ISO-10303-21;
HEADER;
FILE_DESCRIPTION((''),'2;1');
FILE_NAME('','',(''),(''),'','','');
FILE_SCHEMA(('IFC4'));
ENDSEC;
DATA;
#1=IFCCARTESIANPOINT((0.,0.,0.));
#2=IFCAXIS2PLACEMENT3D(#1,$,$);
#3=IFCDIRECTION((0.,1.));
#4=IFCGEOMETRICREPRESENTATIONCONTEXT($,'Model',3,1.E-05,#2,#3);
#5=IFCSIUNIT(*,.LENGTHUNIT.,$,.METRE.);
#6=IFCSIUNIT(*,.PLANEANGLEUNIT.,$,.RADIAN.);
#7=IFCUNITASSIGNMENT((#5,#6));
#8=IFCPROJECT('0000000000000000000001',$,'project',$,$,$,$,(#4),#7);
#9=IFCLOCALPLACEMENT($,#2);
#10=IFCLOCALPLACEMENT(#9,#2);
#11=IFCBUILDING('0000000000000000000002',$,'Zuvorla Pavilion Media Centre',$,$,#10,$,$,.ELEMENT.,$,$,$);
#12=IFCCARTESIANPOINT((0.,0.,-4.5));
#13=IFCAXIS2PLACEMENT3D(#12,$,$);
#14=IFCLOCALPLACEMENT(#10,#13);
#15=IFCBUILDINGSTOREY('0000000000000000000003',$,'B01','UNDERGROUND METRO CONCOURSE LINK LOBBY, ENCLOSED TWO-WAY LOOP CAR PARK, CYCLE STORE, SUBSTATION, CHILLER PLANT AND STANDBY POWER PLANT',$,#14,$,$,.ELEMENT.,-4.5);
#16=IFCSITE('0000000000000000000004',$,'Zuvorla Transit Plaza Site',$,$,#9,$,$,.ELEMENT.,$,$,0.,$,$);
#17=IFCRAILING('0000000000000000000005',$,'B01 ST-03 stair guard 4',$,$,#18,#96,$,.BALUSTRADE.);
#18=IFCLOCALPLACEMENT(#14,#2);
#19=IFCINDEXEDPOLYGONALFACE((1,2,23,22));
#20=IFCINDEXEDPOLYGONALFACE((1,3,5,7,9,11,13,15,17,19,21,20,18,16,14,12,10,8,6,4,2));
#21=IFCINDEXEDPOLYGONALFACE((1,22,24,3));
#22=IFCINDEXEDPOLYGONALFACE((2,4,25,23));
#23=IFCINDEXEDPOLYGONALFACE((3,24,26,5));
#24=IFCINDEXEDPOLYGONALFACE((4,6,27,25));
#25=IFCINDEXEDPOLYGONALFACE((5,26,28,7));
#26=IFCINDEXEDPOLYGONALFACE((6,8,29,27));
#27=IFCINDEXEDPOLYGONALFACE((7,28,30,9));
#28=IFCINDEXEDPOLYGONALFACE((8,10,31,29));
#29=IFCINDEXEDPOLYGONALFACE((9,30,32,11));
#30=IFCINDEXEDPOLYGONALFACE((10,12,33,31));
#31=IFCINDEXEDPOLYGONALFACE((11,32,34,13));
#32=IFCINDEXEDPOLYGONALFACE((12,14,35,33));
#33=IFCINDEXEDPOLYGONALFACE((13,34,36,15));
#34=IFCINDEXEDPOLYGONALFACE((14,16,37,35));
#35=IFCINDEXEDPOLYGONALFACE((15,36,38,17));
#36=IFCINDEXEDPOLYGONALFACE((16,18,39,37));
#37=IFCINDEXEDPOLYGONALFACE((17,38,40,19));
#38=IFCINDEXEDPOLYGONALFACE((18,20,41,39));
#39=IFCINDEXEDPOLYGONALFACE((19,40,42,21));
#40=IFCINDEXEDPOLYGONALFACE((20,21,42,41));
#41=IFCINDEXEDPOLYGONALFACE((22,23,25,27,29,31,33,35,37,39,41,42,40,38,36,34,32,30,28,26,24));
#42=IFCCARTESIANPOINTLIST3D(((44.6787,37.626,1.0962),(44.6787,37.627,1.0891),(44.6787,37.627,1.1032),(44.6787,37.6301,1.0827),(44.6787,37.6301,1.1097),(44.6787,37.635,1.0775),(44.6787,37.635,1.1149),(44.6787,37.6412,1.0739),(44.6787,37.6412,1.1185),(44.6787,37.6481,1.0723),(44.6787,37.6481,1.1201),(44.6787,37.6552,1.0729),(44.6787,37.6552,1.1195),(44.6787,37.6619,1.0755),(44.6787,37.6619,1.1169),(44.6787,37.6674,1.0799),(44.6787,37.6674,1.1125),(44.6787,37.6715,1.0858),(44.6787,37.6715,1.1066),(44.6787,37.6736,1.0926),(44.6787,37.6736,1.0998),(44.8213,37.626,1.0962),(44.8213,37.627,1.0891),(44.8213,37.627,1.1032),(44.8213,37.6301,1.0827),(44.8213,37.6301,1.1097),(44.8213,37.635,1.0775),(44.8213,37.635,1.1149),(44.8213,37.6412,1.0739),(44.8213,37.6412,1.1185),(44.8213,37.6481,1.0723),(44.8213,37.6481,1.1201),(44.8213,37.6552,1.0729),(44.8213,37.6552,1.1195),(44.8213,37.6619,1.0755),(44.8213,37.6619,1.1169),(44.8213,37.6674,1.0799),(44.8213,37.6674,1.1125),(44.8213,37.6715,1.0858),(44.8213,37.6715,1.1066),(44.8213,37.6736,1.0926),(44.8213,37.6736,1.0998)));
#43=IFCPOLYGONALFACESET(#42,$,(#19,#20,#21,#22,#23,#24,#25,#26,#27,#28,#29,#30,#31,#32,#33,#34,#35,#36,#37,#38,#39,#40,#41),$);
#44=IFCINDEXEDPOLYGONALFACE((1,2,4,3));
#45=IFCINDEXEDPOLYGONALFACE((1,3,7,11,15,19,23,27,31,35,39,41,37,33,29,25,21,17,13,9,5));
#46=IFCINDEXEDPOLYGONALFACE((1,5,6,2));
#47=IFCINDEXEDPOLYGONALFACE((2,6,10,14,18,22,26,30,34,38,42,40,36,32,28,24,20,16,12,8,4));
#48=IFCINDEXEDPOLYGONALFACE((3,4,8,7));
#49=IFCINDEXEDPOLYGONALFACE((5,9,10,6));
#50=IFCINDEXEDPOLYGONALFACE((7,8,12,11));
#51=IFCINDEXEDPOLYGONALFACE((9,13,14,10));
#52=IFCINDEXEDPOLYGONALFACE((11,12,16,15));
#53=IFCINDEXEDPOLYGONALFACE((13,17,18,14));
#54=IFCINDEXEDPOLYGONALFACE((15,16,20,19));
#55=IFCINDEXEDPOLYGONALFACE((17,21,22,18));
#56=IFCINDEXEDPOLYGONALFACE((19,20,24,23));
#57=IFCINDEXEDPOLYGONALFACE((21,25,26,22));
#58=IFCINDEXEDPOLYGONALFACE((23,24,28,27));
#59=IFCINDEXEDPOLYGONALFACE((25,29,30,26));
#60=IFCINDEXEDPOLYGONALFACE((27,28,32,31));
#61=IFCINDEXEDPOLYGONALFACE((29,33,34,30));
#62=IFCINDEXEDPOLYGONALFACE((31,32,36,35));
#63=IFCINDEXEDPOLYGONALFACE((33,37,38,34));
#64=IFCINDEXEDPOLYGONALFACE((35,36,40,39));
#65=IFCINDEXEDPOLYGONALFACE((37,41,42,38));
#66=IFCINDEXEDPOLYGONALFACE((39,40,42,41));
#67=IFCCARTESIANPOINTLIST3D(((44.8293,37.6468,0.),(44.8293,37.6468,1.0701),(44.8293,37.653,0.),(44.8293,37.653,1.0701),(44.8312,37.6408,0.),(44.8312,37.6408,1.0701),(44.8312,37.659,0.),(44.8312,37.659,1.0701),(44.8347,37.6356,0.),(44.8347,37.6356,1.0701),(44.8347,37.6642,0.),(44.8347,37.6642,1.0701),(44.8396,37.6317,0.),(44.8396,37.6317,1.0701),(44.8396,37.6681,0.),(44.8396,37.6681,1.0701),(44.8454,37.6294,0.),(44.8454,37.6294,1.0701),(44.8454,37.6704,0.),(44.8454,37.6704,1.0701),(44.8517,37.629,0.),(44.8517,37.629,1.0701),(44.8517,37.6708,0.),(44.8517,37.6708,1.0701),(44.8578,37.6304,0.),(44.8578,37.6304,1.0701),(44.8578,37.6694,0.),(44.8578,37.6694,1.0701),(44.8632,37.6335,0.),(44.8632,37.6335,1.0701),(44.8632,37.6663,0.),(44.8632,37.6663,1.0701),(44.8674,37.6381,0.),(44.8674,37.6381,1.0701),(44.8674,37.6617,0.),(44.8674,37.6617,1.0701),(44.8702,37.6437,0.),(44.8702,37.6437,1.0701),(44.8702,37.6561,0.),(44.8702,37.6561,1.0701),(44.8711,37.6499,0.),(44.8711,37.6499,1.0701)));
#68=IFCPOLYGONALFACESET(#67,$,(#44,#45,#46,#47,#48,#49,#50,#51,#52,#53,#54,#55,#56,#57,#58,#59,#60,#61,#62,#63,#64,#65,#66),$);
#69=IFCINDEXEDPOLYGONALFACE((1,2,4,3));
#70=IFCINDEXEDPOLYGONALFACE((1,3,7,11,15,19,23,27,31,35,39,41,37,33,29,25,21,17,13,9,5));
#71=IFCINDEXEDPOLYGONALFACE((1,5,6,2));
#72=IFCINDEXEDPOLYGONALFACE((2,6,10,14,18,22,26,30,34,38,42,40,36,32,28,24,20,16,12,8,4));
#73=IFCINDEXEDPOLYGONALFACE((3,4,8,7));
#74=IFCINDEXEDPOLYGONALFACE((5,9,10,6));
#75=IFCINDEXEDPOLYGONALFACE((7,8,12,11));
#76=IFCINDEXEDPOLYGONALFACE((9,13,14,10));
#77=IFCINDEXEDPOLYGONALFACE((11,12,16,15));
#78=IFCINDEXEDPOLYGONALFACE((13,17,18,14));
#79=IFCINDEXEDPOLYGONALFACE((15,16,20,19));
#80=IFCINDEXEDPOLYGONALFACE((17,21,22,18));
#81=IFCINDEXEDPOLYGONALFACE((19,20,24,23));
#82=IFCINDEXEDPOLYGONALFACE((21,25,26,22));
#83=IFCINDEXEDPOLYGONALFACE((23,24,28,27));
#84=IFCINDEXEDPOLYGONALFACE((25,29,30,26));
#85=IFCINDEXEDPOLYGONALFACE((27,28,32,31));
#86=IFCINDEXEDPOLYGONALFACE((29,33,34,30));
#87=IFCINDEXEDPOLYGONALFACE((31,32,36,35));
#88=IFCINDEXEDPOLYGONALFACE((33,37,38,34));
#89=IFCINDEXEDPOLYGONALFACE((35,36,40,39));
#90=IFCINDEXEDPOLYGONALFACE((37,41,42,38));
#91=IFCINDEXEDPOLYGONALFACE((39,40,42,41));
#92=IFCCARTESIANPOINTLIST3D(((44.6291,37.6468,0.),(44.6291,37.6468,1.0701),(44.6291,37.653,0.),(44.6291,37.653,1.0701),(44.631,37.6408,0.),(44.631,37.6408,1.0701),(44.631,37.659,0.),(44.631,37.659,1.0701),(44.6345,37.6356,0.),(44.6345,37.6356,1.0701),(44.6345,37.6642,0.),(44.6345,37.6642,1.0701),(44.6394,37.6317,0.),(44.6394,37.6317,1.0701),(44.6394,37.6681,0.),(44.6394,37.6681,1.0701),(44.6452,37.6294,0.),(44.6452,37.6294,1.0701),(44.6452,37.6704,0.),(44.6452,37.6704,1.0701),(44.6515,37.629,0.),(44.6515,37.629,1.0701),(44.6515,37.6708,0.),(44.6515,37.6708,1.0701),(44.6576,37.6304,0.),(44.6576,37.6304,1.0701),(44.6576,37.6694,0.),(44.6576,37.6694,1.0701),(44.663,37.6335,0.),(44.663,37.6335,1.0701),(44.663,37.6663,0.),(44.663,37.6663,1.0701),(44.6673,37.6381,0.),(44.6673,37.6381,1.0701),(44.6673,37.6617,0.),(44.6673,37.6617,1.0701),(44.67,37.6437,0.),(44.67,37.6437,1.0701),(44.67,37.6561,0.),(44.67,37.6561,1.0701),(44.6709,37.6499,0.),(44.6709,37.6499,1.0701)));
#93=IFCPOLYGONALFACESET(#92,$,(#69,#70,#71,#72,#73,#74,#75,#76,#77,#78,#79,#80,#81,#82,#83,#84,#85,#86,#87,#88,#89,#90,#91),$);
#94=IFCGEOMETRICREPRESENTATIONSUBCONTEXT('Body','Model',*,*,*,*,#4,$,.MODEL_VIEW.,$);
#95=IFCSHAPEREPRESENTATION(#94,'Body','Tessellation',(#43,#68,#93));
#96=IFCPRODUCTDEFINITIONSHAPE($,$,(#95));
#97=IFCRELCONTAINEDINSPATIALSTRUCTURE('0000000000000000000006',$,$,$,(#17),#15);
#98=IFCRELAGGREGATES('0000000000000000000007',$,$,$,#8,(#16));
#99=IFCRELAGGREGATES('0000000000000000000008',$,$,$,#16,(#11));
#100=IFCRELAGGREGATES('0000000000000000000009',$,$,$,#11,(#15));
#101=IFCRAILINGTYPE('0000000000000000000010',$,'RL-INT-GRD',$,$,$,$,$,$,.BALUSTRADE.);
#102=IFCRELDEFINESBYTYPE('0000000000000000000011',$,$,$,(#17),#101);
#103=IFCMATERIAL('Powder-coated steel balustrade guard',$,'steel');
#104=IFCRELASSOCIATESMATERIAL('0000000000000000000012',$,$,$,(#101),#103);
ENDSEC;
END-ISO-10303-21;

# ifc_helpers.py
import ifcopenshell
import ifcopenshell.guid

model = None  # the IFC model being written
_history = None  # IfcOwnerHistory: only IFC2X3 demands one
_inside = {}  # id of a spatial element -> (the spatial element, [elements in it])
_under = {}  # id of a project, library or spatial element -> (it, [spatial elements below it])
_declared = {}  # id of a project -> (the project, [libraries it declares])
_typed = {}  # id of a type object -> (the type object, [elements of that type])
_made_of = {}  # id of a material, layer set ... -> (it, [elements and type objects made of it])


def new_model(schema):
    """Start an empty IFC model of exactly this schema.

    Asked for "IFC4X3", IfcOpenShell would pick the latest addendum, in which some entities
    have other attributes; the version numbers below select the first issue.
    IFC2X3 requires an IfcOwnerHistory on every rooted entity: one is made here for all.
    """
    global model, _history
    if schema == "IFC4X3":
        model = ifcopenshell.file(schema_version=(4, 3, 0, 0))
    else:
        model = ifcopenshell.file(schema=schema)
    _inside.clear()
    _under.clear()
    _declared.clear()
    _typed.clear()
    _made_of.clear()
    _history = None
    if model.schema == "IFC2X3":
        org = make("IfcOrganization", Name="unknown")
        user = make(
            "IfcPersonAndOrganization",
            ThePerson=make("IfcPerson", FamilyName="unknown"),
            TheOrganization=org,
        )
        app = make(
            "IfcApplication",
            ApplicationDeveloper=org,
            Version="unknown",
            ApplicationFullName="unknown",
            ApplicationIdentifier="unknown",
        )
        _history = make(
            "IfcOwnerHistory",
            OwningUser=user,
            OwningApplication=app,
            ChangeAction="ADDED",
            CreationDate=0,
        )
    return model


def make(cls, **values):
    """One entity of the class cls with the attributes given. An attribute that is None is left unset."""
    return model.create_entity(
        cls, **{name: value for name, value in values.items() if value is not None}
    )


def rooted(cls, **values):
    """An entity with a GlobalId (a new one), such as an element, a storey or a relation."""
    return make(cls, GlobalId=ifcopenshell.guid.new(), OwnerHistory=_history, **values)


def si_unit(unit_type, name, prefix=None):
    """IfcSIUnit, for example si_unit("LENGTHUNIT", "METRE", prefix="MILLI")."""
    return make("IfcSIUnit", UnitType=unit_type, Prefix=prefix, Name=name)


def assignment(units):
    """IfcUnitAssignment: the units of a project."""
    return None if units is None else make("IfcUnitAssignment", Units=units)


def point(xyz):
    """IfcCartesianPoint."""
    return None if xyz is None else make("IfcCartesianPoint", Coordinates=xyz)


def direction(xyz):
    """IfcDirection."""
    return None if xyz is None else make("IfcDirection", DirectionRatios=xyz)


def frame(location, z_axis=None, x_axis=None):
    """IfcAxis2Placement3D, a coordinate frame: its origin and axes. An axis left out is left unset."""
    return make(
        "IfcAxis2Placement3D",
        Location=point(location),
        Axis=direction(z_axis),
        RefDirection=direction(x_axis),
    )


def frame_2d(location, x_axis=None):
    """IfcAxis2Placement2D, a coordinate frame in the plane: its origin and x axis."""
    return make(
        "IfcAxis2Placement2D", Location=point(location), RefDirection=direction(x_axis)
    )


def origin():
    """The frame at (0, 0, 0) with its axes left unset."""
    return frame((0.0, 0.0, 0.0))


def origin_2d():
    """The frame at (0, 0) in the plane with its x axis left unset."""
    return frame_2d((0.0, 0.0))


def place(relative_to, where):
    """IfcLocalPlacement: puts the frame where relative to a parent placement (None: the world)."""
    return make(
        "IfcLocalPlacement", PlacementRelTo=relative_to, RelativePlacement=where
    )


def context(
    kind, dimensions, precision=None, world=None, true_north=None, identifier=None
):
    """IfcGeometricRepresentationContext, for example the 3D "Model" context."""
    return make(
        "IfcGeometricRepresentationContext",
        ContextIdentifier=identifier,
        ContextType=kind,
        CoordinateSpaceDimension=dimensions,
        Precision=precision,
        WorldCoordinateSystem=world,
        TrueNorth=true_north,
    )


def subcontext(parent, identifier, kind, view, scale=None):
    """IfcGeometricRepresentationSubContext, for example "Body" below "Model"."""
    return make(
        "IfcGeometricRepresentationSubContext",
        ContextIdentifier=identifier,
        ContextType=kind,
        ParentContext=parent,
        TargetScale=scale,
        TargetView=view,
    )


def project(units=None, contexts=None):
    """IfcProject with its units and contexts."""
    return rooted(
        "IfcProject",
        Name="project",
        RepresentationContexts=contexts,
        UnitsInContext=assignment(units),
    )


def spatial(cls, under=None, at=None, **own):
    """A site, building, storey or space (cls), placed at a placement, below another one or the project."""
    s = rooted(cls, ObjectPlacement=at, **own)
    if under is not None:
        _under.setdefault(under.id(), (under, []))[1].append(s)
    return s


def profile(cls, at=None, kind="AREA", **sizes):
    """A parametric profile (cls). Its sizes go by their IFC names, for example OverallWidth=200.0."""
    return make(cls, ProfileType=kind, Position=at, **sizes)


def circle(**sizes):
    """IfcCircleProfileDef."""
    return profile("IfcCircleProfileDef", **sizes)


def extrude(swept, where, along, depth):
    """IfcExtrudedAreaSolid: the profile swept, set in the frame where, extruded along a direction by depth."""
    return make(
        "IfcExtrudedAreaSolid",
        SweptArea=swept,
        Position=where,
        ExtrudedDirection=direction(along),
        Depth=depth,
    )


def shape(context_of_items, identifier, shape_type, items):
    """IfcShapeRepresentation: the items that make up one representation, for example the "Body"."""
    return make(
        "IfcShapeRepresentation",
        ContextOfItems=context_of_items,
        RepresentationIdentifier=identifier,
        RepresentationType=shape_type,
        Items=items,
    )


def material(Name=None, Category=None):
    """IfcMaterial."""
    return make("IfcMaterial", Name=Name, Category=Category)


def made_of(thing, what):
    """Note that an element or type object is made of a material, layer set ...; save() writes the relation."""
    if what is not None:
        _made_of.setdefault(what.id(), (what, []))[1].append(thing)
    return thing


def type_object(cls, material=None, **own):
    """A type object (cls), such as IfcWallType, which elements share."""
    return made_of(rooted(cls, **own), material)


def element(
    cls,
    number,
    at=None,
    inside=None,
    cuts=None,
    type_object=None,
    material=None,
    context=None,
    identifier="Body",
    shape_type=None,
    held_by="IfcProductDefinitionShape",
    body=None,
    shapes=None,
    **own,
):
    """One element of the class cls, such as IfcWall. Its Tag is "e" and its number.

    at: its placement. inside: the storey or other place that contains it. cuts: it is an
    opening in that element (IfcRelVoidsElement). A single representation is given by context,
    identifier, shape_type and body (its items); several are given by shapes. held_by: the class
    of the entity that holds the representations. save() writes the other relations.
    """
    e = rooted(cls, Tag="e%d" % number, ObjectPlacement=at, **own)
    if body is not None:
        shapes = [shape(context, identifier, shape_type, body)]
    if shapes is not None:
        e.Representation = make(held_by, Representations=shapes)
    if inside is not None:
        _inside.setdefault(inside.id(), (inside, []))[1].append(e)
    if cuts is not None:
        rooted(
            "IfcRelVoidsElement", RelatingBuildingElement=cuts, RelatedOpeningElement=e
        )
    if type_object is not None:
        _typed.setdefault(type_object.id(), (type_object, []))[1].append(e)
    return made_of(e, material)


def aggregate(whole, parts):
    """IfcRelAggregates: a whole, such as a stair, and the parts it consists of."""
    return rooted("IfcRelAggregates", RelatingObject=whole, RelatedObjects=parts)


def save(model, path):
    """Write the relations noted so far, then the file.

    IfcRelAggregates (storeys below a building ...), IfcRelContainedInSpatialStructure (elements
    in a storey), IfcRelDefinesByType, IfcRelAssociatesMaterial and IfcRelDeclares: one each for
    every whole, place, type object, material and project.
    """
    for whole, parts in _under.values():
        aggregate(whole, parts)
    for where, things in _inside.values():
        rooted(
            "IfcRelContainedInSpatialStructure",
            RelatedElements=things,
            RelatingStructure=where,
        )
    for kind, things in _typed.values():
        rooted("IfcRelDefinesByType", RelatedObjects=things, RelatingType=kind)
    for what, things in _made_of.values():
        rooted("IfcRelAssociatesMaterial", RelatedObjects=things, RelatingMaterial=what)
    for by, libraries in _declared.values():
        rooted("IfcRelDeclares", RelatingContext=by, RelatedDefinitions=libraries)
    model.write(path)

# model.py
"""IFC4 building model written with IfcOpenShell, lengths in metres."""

from ifc_helpers import new_model, si_unit, direction, frame, origin, origin_2d, place, context, subcontext, project, spatial, circle, extrude, material, type_object, element, save


model = new_model("IFC4")

# Units and contexts
model_context = context("Model", 3, precision=1e-05, world=origin(), true_north=direction((0.0, 1.0)))
body_context = subcontext(model_context, "Body", "Model", "MODEL_VIEW")
ifc_project = project(units=[si_unit("LENGTHUNIT", "METRE"), si_unit("PLANEANGLEUNIT", "RADIAN")], contexts=[model_context])

# Site, building, storey
site_placement = place(None, origin())
site = spatial("IfcSite", under=ifc_project, at=site_placement, Name="Zuvorla Transit Plaza Site", CompositionType="ELEMENT", RefElevation=0.0)
building_placement = place(site_placement, origin())
building = spatial("IfcBuilding", under=site, at=building_placement, Name="Zuvorla Pavilion Media Centre", CompositionType="ELEMENT")
storey_placement = place(building_placement, frame((0.0, 0.0, -4.5)))
storey = spatial("IfcBuildingStorey", under=building, at=storey_placement, Name="B01", Description="UNDERGROUND METRO CONCOURSE LINK LOBBY, ENCLOSED TWO-WAY LOOP CAR PARK, CYCLE STORE, SUBSTATION, CHILLER PLANT AND STANDBY POWER PLANT", CompositionType="ELEMENT", Elevation=-4.5)

# Railing
ifc_material_1 = material(Name="Powder-coated steel balustrade guard", Category="steel")
railing_type_1 = type_object("IfcRailingType", Name="RL-INT-GRD", PredefinedType="BALUSTRADE", material=ifc_material_1)
railing_1_placement = place(storey_placement, frame((44.8501, 37.6499, 0.0)))
element("IfcRailing", 1, at=railing_1_placement, inside=storey, type_object=railing_type_1, Name="B01 ST-03 stair guard 4", PredefinedType="BALUSTRADE", context=body_context, shape_type="SweptSolid", body=[
    extrude(circle(Radius=0.0239, at=origin_2d()), frame((-0.0288, 0.0, 1.0962), z_axis=(-1.0, 0.0, 0.0), x_axis=(0.0, -1.0, 0.0)), (0.0, 0.0, 1.0), 0.1426),
    extrude(circle(Radius=0.021, at=origin_2d()), origin(), (0.0, 0.0, 1.0), 1.0701),
    extrude(circle(Radius=0.021, at=origin_2d()), frame((-0.2002, 0.0, 0.0)), (0.0, 0.0, 1.0), 1.0701),
])

save(model, "model.ifc")
